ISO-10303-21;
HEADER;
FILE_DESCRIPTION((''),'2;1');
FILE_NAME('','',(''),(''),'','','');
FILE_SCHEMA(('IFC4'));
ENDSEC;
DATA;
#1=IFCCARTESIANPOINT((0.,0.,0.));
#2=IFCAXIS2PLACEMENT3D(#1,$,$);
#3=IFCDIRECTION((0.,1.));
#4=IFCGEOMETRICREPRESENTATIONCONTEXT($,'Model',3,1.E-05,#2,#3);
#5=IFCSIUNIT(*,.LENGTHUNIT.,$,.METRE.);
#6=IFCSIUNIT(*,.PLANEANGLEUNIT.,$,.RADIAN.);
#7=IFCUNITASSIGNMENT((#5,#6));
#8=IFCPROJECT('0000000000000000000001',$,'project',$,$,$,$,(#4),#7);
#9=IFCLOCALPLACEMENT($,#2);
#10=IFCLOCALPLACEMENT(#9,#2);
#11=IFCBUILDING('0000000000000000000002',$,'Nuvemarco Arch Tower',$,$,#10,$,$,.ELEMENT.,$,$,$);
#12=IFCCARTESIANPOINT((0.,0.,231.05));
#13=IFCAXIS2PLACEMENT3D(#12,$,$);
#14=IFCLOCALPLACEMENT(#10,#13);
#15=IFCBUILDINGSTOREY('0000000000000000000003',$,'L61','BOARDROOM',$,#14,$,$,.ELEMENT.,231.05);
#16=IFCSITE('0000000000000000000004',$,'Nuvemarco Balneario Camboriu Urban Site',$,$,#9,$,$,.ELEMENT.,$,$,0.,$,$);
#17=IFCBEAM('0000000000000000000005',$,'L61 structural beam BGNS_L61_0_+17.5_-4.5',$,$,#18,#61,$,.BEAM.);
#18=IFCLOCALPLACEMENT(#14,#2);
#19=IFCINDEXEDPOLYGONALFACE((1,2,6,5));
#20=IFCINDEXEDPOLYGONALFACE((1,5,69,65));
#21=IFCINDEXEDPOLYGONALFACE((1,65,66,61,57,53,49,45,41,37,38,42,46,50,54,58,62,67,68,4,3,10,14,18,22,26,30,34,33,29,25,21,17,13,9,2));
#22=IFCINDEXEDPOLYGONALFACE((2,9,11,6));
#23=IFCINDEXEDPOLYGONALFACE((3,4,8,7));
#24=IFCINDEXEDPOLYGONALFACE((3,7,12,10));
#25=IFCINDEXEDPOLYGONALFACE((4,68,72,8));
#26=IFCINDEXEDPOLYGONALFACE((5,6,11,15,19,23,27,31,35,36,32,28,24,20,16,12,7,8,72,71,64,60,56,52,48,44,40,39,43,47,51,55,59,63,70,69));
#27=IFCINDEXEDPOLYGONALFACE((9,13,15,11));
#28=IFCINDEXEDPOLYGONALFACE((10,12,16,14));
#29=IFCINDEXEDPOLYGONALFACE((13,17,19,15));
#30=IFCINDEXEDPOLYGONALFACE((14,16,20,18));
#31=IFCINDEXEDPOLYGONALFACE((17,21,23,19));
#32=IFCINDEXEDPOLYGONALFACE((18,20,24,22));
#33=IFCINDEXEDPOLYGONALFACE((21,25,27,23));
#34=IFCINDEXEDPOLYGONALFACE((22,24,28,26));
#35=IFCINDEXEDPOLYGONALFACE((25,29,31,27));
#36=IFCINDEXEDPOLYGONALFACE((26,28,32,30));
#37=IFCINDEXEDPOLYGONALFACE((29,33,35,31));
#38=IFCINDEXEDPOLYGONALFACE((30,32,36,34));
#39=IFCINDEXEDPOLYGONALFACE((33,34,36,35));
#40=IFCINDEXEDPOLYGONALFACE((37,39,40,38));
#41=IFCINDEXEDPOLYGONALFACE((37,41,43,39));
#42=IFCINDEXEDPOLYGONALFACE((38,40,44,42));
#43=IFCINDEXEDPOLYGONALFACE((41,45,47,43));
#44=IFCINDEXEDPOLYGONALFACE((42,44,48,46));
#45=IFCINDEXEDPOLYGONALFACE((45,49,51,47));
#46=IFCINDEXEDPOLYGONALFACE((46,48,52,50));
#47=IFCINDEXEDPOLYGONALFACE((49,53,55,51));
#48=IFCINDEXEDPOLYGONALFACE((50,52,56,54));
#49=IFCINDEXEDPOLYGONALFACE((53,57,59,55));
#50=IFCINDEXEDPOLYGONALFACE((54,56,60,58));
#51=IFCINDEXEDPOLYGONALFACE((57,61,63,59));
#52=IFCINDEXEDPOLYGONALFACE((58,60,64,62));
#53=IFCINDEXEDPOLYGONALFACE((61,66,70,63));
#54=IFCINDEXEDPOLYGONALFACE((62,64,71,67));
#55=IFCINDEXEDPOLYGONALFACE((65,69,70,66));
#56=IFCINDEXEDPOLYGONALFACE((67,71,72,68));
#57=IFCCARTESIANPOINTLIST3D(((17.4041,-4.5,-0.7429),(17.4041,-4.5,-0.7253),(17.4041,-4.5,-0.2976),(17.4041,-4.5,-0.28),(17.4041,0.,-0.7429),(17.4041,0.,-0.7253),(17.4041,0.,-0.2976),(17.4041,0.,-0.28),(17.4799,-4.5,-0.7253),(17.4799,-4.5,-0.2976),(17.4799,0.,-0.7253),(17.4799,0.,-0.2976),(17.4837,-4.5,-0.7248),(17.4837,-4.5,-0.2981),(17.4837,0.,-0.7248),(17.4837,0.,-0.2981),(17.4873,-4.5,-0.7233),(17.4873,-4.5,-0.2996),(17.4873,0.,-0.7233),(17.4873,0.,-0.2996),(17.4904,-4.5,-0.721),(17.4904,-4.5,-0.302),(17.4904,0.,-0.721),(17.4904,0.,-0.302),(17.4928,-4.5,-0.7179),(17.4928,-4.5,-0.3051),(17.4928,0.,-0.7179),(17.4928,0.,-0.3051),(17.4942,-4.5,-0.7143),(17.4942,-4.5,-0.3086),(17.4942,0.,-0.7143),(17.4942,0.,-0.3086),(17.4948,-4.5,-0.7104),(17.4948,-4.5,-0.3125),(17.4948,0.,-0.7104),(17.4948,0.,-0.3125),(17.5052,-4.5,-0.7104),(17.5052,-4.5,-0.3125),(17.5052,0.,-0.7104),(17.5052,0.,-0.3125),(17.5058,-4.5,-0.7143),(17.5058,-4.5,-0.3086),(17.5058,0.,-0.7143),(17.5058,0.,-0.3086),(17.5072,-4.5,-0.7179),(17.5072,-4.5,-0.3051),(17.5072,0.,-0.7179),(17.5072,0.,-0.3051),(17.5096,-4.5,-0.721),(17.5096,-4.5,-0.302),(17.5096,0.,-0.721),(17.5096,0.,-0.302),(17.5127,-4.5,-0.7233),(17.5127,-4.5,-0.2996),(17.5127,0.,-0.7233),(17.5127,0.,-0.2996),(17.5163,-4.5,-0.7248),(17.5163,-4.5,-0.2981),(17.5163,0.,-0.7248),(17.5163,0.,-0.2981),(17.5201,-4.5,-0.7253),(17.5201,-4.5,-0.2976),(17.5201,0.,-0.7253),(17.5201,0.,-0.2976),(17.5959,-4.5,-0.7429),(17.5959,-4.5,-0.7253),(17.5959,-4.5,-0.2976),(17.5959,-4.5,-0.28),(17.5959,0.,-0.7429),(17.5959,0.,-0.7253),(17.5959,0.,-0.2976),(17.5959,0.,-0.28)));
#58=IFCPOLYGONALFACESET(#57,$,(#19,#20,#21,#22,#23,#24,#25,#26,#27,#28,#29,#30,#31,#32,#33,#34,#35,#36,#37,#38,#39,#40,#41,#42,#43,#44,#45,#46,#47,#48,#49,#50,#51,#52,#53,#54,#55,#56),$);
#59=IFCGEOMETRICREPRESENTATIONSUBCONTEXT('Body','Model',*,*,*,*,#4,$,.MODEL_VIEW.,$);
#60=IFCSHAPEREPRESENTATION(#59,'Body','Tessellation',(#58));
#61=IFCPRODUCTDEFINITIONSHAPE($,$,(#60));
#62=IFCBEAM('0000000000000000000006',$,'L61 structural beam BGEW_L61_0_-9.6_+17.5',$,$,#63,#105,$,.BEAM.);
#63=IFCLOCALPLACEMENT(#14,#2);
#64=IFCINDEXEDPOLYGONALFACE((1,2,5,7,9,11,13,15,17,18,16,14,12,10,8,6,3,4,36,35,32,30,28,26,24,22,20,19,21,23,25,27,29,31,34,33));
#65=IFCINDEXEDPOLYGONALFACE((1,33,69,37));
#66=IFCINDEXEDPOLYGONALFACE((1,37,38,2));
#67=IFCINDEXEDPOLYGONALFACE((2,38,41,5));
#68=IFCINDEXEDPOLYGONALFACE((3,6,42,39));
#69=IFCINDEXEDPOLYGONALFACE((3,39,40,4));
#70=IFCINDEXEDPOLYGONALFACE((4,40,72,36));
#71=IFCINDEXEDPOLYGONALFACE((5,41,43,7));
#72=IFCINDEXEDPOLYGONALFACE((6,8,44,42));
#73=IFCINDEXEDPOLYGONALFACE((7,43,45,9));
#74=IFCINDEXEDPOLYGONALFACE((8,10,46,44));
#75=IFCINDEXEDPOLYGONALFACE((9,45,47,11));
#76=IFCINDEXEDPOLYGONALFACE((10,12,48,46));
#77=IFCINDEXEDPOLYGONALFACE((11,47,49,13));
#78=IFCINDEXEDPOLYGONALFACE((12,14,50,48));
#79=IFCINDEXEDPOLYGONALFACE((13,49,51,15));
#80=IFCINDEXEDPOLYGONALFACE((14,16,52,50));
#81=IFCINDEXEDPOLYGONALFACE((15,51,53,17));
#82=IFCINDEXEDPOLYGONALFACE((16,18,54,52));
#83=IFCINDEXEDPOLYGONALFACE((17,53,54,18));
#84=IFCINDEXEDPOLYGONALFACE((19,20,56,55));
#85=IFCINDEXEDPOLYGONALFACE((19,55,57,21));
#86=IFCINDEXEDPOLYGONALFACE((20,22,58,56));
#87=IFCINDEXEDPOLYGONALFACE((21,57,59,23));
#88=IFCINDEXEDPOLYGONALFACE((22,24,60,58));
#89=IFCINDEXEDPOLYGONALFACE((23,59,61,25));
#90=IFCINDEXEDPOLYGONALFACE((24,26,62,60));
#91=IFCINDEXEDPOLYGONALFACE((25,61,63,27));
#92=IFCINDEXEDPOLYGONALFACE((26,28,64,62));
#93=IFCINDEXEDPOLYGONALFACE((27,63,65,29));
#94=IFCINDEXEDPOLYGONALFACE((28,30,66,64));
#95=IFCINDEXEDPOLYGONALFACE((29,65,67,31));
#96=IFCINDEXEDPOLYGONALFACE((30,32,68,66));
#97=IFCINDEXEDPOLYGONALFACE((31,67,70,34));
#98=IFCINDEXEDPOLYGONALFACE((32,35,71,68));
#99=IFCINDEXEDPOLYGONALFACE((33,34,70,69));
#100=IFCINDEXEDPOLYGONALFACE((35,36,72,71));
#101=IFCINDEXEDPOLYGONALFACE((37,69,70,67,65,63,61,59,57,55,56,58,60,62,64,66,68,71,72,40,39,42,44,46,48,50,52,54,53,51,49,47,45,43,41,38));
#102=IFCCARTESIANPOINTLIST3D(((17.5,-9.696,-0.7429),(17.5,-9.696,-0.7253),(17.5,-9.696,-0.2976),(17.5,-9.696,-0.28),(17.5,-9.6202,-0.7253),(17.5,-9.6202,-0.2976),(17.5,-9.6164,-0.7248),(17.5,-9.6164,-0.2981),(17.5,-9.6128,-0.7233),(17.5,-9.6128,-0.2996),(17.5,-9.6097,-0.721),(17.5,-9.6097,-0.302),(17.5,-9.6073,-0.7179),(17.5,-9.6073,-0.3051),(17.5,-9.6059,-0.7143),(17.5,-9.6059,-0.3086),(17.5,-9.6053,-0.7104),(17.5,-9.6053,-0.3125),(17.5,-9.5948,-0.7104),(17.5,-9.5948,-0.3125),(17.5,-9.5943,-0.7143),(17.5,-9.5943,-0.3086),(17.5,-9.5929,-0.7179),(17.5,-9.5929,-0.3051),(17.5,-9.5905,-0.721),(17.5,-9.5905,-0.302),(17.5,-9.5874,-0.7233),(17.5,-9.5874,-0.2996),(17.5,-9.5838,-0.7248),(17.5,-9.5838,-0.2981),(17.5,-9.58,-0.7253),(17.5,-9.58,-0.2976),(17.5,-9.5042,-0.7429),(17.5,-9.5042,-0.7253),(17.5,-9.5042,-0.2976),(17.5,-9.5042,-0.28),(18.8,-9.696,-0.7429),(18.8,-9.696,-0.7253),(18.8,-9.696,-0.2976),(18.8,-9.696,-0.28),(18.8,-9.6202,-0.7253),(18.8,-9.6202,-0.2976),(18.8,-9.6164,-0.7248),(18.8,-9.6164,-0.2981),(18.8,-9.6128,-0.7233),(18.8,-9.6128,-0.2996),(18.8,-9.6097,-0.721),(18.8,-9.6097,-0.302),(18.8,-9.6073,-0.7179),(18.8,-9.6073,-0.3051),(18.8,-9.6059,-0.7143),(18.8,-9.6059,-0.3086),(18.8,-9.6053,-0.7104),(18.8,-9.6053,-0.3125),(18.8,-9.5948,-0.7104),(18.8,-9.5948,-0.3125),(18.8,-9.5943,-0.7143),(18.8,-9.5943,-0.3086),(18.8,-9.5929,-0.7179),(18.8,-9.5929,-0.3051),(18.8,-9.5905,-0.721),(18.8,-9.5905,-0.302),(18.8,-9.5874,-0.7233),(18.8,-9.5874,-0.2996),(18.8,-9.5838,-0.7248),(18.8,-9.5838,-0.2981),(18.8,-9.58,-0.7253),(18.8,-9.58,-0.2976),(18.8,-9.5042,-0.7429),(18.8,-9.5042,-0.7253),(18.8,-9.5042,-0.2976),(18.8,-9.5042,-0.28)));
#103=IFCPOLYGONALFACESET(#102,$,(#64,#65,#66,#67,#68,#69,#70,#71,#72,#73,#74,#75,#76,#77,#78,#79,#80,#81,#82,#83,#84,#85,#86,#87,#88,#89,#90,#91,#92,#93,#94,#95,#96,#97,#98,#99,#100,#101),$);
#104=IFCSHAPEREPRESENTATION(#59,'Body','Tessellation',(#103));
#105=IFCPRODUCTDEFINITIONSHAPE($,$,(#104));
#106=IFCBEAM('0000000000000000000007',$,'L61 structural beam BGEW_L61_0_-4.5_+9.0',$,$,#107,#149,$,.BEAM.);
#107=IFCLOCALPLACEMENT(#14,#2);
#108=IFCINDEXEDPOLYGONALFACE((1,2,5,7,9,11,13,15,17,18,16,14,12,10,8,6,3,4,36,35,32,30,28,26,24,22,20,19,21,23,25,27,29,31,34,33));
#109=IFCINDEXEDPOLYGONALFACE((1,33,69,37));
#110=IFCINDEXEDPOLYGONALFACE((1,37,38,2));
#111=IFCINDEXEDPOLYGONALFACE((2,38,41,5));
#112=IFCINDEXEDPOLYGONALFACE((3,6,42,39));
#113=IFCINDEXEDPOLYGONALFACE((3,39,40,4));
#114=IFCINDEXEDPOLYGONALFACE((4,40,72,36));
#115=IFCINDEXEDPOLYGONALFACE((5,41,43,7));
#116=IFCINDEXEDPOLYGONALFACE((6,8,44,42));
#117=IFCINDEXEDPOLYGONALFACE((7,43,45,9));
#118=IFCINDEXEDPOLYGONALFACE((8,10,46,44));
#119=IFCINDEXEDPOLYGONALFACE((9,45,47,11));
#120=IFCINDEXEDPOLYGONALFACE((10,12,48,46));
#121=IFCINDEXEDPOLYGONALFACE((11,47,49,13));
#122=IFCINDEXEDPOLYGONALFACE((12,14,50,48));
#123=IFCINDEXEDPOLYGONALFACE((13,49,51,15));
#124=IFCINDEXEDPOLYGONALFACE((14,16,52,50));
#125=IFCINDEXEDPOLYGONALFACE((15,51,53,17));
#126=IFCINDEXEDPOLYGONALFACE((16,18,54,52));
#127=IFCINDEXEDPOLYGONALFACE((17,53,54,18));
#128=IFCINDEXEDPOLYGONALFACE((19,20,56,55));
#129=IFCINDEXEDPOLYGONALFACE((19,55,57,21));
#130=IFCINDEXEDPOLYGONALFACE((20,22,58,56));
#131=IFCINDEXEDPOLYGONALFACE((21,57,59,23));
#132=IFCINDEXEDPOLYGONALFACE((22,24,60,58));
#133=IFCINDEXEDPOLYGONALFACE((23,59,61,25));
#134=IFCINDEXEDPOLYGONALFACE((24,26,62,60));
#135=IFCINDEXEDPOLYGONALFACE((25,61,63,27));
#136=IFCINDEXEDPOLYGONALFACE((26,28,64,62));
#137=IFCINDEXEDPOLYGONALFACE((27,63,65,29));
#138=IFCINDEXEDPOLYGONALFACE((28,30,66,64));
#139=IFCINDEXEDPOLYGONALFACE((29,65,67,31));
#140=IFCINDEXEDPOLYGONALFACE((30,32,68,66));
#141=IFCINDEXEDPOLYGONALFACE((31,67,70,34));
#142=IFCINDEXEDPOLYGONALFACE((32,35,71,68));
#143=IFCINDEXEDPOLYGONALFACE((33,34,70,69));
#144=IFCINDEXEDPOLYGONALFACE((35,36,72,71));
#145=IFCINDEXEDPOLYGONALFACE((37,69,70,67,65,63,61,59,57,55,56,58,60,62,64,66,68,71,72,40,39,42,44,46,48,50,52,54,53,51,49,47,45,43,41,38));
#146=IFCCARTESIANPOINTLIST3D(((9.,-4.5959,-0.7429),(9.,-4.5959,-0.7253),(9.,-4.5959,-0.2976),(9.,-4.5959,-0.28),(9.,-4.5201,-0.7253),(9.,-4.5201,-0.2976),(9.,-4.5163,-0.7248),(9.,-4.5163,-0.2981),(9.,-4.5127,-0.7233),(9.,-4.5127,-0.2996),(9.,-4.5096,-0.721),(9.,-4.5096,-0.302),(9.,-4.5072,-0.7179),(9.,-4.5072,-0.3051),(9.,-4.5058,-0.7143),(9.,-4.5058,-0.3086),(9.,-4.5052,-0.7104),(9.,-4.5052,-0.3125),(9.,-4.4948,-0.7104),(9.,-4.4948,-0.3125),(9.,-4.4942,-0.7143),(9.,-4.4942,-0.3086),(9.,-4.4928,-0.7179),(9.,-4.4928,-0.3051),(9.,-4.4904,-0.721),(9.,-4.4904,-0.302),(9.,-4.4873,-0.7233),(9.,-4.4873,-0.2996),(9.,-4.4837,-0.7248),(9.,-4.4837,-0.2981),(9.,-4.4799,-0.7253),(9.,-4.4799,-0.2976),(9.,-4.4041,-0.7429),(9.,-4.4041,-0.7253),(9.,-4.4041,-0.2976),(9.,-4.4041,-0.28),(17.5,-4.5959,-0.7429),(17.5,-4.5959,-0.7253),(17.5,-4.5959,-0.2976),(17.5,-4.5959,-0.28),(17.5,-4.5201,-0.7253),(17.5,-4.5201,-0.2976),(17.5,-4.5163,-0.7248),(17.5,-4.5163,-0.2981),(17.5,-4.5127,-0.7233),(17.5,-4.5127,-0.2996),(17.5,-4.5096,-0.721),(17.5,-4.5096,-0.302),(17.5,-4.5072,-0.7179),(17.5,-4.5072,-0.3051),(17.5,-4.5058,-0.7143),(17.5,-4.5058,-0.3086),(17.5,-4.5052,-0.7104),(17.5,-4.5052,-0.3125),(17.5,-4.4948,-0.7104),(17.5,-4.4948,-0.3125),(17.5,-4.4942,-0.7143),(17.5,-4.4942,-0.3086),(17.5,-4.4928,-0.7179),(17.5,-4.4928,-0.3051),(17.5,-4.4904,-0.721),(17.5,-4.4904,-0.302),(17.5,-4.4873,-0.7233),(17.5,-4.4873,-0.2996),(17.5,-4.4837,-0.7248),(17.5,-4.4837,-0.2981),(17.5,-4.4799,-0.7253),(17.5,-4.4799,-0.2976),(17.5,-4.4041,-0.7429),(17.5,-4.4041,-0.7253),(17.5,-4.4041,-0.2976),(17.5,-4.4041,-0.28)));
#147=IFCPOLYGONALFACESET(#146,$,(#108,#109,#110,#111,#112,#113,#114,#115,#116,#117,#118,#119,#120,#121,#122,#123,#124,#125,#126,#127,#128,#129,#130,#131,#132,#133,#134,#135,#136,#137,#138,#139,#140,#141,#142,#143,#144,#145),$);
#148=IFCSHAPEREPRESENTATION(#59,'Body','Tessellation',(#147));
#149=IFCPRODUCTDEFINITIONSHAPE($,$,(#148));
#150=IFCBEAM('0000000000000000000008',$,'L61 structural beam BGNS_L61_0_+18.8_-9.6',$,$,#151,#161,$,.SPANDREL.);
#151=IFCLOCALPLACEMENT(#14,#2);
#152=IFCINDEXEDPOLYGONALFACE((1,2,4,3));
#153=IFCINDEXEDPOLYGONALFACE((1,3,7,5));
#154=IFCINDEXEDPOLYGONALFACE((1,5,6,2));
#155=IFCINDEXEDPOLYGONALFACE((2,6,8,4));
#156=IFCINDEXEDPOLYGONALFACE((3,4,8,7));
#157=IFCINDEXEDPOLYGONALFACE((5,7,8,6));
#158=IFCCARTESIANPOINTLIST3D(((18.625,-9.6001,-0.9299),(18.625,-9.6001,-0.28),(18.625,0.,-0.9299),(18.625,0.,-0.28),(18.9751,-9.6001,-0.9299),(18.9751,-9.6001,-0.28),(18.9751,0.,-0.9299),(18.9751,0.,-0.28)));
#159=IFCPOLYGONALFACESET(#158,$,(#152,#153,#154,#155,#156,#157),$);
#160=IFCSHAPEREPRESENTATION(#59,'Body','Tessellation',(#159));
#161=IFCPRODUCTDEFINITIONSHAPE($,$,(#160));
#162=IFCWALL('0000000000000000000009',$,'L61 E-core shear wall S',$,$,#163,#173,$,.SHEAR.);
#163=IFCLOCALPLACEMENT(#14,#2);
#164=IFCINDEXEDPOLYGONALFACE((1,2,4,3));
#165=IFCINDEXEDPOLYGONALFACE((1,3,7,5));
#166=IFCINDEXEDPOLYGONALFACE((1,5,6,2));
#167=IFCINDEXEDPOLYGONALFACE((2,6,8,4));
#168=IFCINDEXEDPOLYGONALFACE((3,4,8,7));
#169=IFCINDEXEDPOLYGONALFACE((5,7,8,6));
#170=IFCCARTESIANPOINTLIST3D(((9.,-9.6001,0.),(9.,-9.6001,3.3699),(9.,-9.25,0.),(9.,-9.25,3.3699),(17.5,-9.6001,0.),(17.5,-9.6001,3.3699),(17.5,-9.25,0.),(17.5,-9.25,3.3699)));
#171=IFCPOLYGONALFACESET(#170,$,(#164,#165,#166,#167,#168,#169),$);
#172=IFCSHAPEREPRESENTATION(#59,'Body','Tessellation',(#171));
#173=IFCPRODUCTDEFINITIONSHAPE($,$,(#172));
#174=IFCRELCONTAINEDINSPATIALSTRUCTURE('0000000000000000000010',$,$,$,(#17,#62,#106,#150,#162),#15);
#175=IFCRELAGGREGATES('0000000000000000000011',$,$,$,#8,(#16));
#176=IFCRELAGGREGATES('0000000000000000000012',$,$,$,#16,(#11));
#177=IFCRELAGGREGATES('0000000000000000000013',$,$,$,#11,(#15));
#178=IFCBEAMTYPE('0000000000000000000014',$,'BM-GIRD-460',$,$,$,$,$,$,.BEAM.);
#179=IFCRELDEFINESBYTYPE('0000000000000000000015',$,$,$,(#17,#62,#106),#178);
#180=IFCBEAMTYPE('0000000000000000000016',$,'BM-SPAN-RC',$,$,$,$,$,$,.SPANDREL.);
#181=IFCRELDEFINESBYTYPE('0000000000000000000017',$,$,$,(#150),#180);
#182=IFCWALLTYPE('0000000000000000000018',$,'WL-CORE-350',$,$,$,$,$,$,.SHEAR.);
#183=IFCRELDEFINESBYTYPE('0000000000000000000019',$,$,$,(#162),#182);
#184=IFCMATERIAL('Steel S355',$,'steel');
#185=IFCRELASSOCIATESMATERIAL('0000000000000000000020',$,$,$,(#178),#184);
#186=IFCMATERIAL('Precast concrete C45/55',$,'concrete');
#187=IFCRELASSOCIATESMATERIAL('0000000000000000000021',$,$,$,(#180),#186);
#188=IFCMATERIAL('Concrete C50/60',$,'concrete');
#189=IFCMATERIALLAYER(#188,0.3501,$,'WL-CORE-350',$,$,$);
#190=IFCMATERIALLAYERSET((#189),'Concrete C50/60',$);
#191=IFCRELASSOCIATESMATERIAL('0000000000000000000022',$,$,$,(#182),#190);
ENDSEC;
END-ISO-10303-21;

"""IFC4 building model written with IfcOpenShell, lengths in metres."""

from ifc_helpers import new_model, si_unit, direction, frame, frame_2d, origin, origin_2d, place, context, subcontext, project, spatial, rectangle, i_section, extrude, material, layer, layer_set, material_profile, profile_set, type_object, element, save


model = new_model("IFC4")

# Units and contexts
model_context = context("Model", 3, precision=1e-05, world=origin(), true_north=direction((0.0, 1.0)))
body_context = subcontext(model_context, "Body", "Model", "MODEL_VIEW")
ifc_project = project(units=[si_unit("LENGTHUNIT", "METRE"), si_unit("PLANEANGLEUNIT", "RADIAN")], contexts=[model_context])

# Site, building, storey
site_placement = place(None, origin())
site = spatial("IfcSite", under=ifc_project, at=site_placement, Name="Nuvemarco Balneario Camboriu Urban Site", CompositionType="ELEMENT", RefElevation=0.0)
building_placement = place(site_placement, origin())
building = spatial("IfcBuilding", under=site, at=building_placement, Name="Nuvemarco Arch Tower", CompositionType="ELEMENT")
storey_placement = place(building_placement, frame((0.0, 0.0, 231.05)))
storey = spatial("IfcBuildingStorey", under=building, at=storey_placement, Name="L61", Description="BOARDROOM", CompositionType="ELEMENT", Elevation=231.05)

# Shared definitions
ifc_material_1 = material(Name="Concrete C50/60", Category="concrete")
ifc_material_2 = material(Name="Steel S355", Category="steel")

# Beams
ifc_material_profile_1 = material_profile(ifc_material_2, i_section(OverallWidth=0.1919, OverallDepth=0.4629, WebThickness=0.0105, FlangeThickness=0.0176, FilletRadius=0.0149, at=origin_2d()), Name="W460x89")
ifc_profile_set_1 = profile_set([ifc_material_profile_1], Name="Steel S355")
beam_type_1 = type_object("IfcBeamType", Name="BM-GIRD-460", PredefinedType="BEAM", material=ifc_profile_set_1)
beam_1_placement = place(storey_placement, frame((17.5, -4.5, -0.5115), z_axis=(0.0, 1.0, 0.0), x_axis=(-1.0, 0.0, 0.0)))
element("IfcBeam", 1, at=beam_1_placement, inside=storey, type_object=beam_type_1, Name="L61 structural beam BGNS_L61_0_+17.5_-4.5", PredefinedType="BEAM", context=body_context, shape_type="SweptSolid", body=[
    extrude(i_section(OverallWidth=0.1919, OverallDepth=0.4629, WebThickness=0.0105, FlangeThickness=0.0176, FilletRadius=0.0149, at=origin_2d()), origin(), (0.0, 0.0, 1.0), 4.5),
])
beam_2_placement = place(storey_placement, frame((17.5, -9.6001, -0.5115), z_axis=(1.0, 0.0, 0.0), x_axis=(0.0, 1.0, 0.0)))
element("IfcBeam", 2, at=beam_2_placement, inside=storey, type_object=beam_type_1, Name="L61 structural beam BGEW_L61_0_-9.6_+17.5", PredefinedType="BEAM", context=body_context, shape_type="SweptSolid", body=[
    extrude(i_section(OverallWidth=0.1919, OverallDepth=0.4629, WebThickness=0.0105, FlangeThickness=0.0176, FilletRadius=0.0149, at=origin_2d()), origin(), (0.0, 0.0, 1.0), 1.3),
])
beam_3_placement = place(storey_placement, frame((9.0, -4.5, -0.5115), z_axis=(1.0, 0.0, 0.0), x_axis=(0.0, 1.0, 0.0)))
element("IfcBeam", 3, at=beam_3_placement, inside=storey, type_object=beam_type_1, Name="L61 structural beam BGEW_L61_0_-4.5_+9.0", PredefinedType="BEAM", context=body_context, shape_type="SweptSolid", body=[
    extrude(i_section(OverallWidth=0.1919, OverallDepth=0.4629, WebThickness=0.0105, FlangeThickness=0.0176, FilletRadius=0.0149, at=origin_2d()), origin(), (0.0, 0.0, 1.0), 8.5),
])
ifc_material_3 = material(Name="Precast concrete C45/55", Category="concrete")
ifc_material_profile_2 = material_profile(ifc_material_3, rectangle(XDim=0.3501, YDim=0.6499, at=origin_2d()), Name="PC-SP-350x650")
ifc_profile_set_2 = profile_set([ifc_material_profile_2], Name="Precast concrete C45/55")
beam_type_2 = type_object("IfcBeamType", Name="BM-SPAN-RC", PredefinedType="SPANDREL", material=ifc_profile_set_2)
beam_4_placement = place(storey_placement, frame((18.8, -9.6001, -0.605), z_axis=(0.0, 1.0, 0.0), x_axis=(-1.0, 0.0, 0.0)))
element("IfcBeam", 4, at=beam_4_placement, inside=storey, type_object=beam_type_2, Name="L61 structural beam BGNS_L61_0_+18.8_-9.6", PredefinedType="SPANDREL", context=body_context, shape_type="SweptSolid", body=[
    extrude(rectangle(XDim=0.3501, YDim=0.6499, at=origin_2d()), origin(), (0.0, 0.0, 1.0), 9.6001),
])

# Wall
ifc_layer_1 = layer(ifc_material_1, 0.3501, Name="WL-CORE-350")
ifc_layer_set_1 = layer_set([ifc_layer_1], Name="Concrete C50/60")
wall_type_1 = type_object("IfcWallType", Name="WL-CORE-350", PredefinedType="SHEAR", material=ifc_layer_set_1)
wall_1_placement = place(storey_placement, frame((9.0, -9.425, 0.0), z_axis=(0.0, 0.0, 1.0), x_axis=(1.0, 0.0, 0.0)))
element("IfcWall", 5, at=wall_1_placement, inside=storey, type_object=wall_type_1, Name="L61 E-core shear wall S", PredefinedType="SHEAR", context=body_context, shape_type="SweptSolid", body=[
    extrude(rectangle(XDim=8.5, YDim=0.3501, at=frame_2d((4.25, 0.0))), origin(), (0.0, 0.0, 1.0), 3.3699),
])

save(model, "model.ifc")
